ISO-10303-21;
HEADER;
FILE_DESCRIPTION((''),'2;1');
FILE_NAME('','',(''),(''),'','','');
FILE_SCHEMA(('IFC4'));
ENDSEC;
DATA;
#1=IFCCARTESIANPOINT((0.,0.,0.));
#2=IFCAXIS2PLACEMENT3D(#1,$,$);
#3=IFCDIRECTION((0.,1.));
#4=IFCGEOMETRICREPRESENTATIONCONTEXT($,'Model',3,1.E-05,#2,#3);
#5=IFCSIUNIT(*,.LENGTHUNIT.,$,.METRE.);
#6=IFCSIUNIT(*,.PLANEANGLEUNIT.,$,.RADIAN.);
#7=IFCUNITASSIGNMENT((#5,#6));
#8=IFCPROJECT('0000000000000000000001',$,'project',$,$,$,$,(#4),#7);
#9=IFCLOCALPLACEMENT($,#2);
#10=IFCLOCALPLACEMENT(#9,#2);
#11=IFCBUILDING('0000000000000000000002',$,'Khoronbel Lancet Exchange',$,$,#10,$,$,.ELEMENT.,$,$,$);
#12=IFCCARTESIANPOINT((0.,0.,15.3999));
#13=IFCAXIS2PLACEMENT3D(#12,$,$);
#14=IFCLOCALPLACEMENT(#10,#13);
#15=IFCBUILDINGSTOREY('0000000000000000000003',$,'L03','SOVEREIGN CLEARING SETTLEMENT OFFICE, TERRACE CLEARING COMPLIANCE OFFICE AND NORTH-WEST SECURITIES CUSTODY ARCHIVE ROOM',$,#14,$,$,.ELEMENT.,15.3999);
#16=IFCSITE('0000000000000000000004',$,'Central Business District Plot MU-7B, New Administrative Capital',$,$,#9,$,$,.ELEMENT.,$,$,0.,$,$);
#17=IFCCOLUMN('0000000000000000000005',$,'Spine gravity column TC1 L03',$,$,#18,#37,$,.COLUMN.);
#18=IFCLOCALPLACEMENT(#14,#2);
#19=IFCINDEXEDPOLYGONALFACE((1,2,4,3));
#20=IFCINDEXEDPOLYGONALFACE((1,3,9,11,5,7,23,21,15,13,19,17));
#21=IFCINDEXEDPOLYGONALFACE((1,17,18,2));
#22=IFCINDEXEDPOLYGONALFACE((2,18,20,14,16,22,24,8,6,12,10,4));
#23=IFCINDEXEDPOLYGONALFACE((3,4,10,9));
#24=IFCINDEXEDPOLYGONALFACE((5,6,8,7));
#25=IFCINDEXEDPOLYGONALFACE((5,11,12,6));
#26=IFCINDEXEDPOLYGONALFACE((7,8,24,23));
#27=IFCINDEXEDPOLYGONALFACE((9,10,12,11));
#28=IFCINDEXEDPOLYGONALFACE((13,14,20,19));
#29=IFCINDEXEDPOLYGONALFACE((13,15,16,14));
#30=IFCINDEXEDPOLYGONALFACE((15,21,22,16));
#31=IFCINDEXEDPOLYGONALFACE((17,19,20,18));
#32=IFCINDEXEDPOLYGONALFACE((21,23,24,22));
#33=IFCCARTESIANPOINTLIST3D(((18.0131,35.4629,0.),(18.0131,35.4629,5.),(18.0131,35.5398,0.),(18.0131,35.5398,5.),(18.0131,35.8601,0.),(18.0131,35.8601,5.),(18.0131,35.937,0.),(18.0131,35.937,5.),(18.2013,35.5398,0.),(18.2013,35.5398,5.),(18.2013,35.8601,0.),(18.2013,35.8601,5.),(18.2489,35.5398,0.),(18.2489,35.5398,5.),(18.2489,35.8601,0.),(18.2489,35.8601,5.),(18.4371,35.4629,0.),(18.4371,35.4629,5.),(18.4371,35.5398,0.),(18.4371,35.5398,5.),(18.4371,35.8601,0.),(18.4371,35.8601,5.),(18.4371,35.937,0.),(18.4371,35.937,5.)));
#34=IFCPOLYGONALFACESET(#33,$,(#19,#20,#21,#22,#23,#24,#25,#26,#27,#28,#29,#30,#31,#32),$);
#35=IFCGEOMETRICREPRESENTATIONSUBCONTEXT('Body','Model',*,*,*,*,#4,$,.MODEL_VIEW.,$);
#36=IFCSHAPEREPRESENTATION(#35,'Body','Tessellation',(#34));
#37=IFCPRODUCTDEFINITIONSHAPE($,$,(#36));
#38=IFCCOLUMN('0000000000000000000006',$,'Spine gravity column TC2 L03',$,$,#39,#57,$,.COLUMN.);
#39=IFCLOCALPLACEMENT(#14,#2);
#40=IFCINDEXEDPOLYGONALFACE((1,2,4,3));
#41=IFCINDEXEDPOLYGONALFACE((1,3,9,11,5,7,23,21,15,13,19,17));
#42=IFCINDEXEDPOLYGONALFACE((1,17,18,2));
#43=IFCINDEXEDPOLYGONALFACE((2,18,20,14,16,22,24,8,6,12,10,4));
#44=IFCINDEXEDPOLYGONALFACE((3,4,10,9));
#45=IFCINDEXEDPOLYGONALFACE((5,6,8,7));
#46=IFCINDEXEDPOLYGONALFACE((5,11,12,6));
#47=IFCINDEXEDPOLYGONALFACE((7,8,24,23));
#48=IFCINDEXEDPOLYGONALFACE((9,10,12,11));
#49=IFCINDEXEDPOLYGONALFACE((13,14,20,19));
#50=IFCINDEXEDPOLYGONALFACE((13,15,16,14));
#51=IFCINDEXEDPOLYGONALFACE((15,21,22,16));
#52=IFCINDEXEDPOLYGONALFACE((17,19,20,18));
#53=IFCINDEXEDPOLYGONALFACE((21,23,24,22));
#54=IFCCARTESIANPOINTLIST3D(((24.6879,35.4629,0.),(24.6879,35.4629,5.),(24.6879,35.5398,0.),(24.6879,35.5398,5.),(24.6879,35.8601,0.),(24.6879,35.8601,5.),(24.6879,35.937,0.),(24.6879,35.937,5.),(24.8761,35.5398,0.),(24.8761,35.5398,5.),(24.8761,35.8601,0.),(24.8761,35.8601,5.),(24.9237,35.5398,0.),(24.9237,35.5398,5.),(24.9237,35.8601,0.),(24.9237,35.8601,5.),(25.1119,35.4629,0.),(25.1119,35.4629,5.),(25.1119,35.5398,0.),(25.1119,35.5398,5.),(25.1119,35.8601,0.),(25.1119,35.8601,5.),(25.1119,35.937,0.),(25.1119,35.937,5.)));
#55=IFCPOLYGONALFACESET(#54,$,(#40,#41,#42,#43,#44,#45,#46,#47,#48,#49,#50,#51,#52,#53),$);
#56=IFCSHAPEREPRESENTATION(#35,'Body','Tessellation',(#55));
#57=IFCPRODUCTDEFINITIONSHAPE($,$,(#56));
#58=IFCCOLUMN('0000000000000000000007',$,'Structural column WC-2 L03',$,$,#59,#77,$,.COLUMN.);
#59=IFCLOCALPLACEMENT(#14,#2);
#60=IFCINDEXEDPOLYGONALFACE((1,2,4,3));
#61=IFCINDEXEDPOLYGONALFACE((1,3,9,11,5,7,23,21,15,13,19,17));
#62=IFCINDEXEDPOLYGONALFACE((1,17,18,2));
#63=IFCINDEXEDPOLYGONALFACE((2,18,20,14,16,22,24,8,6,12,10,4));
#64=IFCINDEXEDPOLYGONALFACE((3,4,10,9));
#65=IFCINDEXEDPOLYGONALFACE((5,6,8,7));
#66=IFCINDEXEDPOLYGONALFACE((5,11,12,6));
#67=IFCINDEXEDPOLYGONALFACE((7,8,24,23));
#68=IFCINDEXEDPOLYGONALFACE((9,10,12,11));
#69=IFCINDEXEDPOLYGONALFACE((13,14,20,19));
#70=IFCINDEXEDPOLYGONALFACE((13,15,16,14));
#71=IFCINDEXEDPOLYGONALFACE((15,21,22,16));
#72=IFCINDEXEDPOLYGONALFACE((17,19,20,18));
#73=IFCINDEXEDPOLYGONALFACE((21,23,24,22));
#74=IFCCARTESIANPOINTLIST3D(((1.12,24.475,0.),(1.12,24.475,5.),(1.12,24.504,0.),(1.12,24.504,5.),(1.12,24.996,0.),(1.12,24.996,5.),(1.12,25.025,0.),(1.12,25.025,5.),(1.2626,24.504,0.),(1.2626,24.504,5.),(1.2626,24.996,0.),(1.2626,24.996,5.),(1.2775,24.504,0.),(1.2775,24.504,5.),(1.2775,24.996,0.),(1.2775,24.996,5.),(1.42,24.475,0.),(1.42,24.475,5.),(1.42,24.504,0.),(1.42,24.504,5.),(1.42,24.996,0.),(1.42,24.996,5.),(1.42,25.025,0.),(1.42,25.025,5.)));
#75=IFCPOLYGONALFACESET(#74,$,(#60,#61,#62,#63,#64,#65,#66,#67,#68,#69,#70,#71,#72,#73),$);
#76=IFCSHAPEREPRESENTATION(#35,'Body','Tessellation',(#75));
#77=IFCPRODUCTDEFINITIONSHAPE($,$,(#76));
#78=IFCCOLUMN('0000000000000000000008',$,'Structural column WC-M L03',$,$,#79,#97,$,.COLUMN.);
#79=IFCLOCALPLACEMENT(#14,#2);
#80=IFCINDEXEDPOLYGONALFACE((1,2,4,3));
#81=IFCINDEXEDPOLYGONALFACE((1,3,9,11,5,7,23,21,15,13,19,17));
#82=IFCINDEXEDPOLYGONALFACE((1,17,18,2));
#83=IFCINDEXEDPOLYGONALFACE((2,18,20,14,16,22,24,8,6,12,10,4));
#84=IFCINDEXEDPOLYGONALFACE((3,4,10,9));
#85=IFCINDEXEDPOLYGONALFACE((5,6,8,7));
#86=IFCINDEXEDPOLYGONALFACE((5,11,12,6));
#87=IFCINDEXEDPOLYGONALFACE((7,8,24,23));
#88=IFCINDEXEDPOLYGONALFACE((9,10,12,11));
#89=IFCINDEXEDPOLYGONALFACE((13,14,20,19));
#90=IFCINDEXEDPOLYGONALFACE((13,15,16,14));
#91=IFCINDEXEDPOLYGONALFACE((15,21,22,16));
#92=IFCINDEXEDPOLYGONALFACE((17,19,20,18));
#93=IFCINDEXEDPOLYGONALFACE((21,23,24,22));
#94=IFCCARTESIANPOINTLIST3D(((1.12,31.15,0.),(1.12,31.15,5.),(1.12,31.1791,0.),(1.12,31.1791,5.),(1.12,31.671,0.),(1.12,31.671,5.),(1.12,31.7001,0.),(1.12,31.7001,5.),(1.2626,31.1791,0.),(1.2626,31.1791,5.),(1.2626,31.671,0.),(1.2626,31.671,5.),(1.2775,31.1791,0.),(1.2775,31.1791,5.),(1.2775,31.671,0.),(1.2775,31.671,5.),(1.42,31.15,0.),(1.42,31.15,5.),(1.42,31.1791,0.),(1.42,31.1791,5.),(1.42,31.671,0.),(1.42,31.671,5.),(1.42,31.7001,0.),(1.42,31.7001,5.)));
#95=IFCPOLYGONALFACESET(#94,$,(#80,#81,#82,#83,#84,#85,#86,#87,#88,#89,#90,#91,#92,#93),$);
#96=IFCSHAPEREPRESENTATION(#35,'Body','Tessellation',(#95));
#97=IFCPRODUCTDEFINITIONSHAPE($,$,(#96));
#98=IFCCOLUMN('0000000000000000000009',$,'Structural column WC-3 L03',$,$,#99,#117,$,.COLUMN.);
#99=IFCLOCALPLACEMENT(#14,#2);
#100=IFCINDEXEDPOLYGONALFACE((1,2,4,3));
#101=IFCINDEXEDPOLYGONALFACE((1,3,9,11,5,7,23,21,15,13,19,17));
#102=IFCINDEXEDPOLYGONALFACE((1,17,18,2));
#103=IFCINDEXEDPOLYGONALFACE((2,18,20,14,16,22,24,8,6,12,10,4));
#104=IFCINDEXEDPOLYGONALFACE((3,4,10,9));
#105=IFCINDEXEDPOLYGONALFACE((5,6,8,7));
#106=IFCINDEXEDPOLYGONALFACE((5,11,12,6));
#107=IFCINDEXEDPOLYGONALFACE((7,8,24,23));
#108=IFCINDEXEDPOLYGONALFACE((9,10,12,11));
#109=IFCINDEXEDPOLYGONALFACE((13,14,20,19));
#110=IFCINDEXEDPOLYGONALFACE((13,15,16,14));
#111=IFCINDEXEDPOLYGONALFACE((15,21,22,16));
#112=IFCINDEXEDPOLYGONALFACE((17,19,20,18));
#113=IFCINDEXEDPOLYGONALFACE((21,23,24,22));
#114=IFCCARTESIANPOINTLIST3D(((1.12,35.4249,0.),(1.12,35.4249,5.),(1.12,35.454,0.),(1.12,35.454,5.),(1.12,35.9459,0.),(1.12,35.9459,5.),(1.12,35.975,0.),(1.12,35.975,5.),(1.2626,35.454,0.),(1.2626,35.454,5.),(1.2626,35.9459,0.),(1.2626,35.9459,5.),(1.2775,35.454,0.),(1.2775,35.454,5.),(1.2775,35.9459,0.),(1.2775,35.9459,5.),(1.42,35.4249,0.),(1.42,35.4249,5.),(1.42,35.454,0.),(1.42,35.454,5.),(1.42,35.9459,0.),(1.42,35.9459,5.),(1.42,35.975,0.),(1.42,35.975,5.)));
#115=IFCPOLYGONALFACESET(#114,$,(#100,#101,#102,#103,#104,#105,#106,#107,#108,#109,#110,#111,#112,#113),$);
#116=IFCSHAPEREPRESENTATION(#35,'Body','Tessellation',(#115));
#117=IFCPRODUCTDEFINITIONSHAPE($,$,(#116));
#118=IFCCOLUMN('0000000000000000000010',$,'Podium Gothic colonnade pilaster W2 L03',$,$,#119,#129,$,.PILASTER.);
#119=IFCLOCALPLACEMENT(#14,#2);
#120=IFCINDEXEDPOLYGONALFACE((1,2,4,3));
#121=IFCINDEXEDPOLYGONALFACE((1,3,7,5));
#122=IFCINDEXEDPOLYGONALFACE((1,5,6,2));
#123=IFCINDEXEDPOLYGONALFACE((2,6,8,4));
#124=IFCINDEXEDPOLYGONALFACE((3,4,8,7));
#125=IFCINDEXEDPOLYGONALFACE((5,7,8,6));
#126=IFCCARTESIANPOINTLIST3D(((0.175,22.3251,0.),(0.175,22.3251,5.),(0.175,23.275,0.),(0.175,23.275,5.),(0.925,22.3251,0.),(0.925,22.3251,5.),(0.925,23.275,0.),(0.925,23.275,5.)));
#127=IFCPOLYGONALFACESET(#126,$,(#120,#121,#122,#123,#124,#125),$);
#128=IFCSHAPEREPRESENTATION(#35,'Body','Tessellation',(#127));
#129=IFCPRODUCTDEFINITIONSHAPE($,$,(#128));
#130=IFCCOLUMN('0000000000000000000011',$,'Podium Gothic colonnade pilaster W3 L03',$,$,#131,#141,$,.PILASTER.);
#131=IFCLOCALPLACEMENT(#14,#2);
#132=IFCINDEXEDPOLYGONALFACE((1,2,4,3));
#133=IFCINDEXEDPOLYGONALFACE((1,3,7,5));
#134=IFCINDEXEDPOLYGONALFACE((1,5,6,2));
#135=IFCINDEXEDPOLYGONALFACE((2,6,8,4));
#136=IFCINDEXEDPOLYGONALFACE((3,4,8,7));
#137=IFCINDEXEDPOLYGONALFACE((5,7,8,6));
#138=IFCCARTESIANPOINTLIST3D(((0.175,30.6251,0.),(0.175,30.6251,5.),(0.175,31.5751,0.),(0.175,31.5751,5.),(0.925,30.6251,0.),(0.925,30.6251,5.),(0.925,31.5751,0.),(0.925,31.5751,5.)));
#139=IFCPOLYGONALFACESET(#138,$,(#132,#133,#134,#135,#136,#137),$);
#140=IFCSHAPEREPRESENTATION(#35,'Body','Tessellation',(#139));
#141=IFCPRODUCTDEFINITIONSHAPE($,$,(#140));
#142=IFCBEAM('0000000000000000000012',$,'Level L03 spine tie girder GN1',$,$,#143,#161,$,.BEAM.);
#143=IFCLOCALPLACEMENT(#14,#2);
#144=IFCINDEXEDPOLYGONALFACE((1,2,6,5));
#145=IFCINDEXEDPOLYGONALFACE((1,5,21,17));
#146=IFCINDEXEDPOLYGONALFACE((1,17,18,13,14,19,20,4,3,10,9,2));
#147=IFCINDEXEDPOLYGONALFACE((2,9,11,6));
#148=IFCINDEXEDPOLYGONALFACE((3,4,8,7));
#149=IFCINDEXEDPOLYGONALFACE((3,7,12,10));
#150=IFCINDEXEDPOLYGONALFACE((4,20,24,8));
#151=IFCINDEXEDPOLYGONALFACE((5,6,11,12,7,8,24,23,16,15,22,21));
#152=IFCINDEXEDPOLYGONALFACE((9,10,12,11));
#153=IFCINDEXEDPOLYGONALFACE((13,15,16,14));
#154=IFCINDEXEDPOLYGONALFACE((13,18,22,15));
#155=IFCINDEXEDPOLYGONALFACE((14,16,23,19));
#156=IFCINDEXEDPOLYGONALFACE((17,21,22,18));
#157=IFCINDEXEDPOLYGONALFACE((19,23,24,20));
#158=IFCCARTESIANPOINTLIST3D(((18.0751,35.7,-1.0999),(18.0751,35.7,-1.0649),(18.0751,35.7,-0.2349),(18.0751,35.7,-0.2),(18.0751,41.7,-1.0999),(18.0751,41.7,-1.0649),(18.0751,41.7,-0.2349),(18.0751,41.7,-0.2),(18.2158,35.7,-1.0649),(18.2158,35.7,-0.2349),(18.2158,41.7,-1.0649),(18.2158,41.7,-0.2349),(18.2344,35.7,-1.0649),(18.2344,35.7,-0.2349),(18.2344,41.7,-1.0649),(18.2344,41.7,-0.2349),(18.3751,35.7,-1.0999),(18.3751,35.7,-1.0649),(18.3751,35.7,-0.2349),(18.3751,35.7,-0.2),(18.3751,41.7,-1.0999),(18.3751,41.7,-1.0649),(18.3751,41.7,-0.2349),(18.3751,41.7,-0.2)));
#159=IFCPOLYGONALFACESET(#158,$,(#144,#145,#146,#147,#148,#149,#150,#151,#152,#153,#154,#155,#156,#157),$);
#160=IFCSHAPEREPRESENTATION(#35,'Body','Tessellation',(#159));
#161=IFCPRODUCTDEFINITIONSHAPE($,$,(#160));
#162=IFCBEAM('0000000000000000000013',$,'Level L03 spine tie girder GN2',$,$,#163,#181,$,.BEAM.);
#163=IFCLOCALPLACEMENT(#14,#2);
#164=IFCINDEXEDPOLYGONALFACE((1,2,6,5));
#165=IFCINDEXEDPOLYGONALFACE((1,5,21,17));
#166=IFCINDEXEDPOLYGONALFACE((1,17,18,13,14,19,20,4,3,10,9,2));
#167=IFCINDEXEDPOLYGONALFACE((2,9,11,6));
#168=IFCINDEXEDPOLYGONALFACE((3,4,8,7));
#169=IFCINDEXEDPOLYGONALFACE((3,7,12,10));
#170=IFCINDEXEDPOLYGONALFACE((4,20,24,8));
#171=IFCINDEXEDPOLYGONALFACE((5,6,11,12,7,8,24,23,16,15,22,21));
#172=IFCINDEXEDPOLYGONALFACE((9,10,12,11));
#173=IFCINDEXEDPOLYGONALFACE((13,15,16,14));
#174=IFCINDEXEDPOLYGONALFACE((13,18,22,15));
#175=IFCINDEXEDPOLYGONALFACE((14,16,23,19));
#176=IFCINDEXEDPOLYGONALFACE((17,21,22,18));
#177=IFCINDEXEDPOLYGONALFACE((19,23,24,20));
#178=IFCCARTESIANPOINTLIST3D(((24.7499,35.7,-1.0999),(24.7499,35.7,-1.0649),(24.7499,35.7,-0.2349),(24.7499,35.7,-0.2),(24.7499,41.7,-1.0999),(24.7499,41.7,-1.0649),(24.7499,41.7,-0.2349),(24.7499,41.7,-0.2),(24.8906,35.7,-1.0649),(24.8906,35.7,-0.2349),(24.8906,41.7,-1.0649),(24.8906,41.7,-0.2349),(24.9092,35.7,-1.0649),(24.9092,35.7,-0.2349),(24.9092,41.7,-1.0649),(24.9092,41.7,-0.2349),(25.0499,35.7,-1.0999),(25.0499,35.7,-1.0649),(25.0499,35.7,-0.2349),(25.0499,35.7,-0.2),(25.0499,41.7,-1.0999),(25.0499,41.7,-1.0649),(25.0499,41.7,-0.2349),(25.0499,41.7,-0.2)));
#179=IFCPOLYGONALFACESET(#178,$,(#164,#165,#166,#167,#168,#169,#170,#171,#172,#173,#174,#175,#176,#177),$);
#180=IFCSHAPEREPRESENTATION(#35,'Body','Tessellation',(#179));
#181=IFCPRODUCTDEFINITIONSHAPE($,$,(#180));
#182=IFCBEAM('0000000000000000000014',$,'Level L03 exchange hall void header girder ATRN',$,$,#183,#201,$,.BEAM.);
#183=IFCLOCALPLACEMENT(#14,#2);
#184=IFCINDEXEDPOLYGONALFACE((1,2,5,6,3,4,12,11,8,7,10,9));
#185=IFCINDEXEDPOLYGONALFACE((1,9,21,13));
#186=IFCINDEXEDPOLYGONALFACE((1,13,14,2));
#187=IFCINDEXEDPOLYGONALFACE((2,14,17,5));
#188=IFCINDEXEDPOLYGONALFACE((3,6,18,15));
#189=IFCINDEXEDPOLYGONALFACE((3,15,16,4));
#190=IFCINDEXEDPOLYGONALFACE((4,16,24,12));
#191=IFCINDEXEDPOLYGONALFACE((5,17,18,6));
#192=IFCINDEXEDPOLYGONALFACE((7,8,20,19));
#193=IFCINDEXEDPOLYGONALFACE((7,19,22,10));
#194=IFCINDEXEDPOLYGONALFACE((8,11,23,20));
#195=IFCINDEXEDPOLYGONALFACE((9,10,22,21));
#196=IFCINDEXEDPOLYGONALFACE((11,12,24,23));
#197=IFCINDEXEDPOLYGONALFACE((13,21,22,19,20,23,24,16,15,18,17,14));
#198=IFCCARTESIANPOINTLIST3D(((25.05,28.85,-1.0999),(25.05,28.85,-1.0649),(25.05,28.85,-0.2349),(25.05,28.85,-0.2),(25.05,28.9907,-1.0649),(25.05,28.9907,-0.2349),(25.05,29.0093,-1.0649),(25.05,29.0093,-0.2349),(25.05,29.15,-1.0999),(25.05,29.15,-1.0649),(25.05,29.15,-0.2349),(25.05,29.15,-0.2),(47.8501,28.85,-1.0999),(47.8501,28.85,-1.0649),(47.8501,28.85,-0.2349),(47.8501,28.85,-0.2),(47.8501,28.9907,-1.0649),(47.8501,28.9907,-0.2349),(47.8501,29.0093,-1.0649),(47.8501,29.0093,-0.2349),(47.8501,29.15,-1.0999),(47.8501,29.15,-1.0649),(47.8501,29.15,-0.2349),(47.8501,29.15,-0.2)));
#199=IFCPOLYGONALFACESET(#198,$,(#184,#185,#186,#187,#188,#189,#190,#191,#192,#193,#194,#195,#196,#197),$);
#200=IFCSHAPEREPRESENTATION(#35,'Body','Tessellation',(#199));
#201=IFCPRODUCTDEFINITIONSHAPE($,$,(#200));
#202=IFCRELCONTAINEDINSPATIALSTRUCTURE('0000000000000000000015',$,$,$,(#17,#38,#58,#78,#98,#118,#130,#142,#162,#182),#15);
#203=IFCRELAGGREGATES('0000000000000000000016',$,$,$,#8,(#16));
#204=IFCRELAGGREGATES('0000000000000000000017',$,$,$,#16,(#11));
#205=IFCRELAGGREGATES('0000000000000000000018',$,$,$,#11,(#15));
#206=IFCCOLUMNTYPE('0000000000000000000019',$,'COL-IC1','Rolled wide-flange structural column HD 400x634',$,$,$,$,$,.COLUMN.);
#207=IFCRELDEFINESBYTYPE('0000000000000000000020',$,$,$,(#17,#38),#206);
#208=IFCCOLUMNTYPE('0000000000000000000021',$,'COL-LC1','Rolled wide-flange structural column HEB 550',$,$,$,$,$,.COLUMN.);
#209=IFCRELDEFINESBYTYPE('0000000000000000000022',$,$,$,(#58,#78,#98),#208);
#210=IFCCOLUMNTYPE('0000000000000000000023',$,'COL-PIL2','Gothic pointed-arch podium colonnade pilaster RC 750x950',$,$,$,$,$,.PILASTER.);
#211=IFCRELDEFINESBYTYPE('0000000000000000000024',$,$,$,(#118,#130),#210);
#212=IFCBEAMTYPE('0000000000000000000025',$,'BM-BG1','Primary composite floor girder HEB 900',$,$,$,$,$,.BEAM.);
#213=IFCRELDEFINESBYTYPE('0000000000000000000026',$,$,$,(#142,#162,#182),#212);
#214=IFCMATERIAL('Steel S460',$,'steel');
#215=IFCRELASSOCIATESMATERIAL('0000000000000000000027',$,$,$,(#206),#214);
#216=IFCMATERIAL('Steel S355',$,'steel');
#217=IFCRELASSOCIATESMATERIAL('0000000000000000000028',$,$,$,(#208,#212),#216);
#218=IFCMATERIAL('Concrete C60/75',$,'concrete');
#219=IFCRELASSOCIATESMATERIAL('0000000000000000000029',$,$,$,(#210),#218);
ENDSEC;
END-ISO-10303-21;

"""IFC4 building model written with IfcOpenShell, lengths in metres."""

from ifc_helpers import new_model, si_unit, direction, frame, origin, origin_2d, place, context, subcontext, project, spatial, rectangle, i_section, extrude, material, material_profile, profile_set, type_object, element, save


model = new_model("IFC4")

# Units and contexts
model_context = context("Model", 3, precision=1e-05, world=origin(), true_north=direction((0.0, 1.0)))
body_context = subcontext(model_context, "Body", "Model", "MODEL_VIEW")
ifc_project = project(units=[si_unit("LENGTHUNIT", "METRE"), si_unit("PLANEANGLEUNIT", "RADIAN")], contexts=[model_context])

# Site, building, storey
site_placement = place(None, origin())
site = spatial("IfcSite", under=ifc_project, at=site_placement, Name="Central Business District Plot MU-7B, New Administrative Capital", CompositionType="ELEMENT", RefElevation=0.0)
building_placement = place(site_placement, origin())
building = spatial("IfcBuilding", under=site, at=building_placement, Name="Khoronbel Lancet Exchange", CompositionType="ELEMENT")
storey_placement = place(building_placement, frame((0.0, 0.0, 15.3999)))
storey = spatial("IfcBuildingStorey", under=building, at=storey_placement, Name="L03", Description="SOVEREIGN CLEARING SETTLEMENT OFFICE, TERRACE CLEARING COMPLIANCE OFFICE AND NORTH-WEST SECURITIES CUSTODY ARCHIVE ROOM", CompositionType="ELEMENT", Elevation=15.3999)

# Columns
ifc_material_1 = material(Name="Steel S460", Category="steel")
ifc_material_profile_1 = material_profile(ifc_material_1, i_section(OverallWidth=0.4241, OverallDepth=0.4741, WebThickness=0.0476, FlangeThickness=0.0769, at=origin_2d()), Name="HD 400x634")
ifc_profile_set_1 = profile_set([ifc_material_profile_1], Name="Steel S460")
column_type_1 = type_object("IfcColumnType", Name="COL-IC1", Description="Rolled wide-flange structural column HD 400x634", PredefinedType="COLUMN", material=ifc_profile_set_1)
for number, where, z_axis, x_axis, name in (
    (1, (18.2251, 35.7, 0.0), (0.0, 0.0, 1.0), (1.0, 0.0, 0.0), "Spine gravity column TC1 L03"),
    (2, (24.8999, 35.7, 0.0), (0.0, 0.0, 1.0), (1.0, 0.0, 0.0), "Spine gravity column TC2 L03"),
):
    element("IfcColumn", number, at=place(storey_placement, frame(where, z_axis=z_axis, x_axis=x_axis)), inside=storey, type_object=column_type_1, Name=name, PredefinedType="COLUMN", context=body_context, shape_type="SweptSolid", body=[
        extrude(i_section(OverallWidth=0.4241, OverallDepth=0.4741, WebThickness=0.0476, FlangeThickness=0.0769, at=origin_2d()), origin(), (0.0, 0.0, 1.0), 5.0),
    ])
ifc_material_2 = material(Name="Steel S355", Category="steel")
ifc_material_profile_2 = material_profile(ifc_material_2, i_section(OverallWidth=0.3, OverallDepth=0.55, WebThickness=0.0149, FlangeThickness=0.0291, at=origin_2d()), Name="HEB 550")
ifc_profile_set_2 = profile_set([ifc_material_profile_2], Name="Steel S355")
column_type_2 = type_object("IfcColumnType", Name="COL-LC1", Description="Rolled wide-flange structural column HEB 550", PredefinedType="COLUMN", material=ifc_profile_set_2)
for number, where, z_axis, x_axis, name in (
    (3, (1.27, 24.75, 0.0), (0.0, 0.0, 1.0), (1.0, 0.0, 0.0), "Structural column WC-2 L03"),
    (4, (1.27, 31.425, 0.0), (0.0, 0.0, 1.0), (1.0, 0.0, 0.0), "Structural column WC-M L03"),
    (5, (1.27, 35.7, 0.0), (0.0, 0.0, 1.0), (1.0, 0.0, 0.0), "Structural column WC-3 L03"),
):
    element("IfcColumn", number, at=place(storey_placement, frame(where, z_axis=z_axis, x_axis=x_axis)), inside=storey, type_object=column_type_2, Name=name, PredefinedType="COLUMN", context=body_context, shape_type="SweptSolid", body=[
        extrude(i_section(OverallWidth=0.3, OverallDepth=0.55, WebThickness=0.0149, FlangeThickness=0.0291, at=origin_2d()), origin(), (0.0, 0.0, 1.0), 5.0),
    ])
ifc_material_3 = material(Name="Concrete C60/75", Category="concrete")
ifc_material_profile_3 = material_profile(ifc_material_3, rectangle(XDim=0.75, YDim=0.95, at=origin_2d()), Name="RC 750x950")
ifc_profile_set_3 = profile_set([ifc_material_profile_3], Name="Concrete C60/75")
column_type_3 = type_object("IfcColumnType", Name="COL-PIL2", Description="Gothic pointed-arch podium colonnade pilaster RC 750x950", PredefinedType="PILASTER", material=ifc_profile_set_3)
for number, where, z_axis, x_axis, name in (
    (6, (0.55, 22.8, 0.0), (0.0, 0.0, 1.0), (1.0, 0.0, 0.0), "Podium Gothic colonnade pilaster W2 L03"),
    (7, (0.55, 31.1001, 0.0), (0.0, 0.0, 1.0), (1.0, 0.0, 0.0), "Podium Gothic colonnade pilaster W3 L03"),
):
    element("IfcColumn", number, at=place(storey_placement, frame(where, z_axis=z_axis, x_axis=x_axis)), inside=storey, type_object=column_type_3, Name=name, PredefinedType="PILASTER", context=body_context, shape_type="SweptSolid", body=[
        extrude(rectangle(XDim=0.75, YDim=0.95, at=origin_2d()), origin(), (0.0, 0.0, 1.0), 5.0),
    ])

# Beams
ifc_material_profile_4 = material_profile(ifc_material_2, i_section(OverallWidth=0.3, OverallDepth=0.8999, WebThickness=0.0186, FlangeThickness=0.0349, at=origin_2d()), Name="HEB 900")
ifc_profile_set_4 = profile_set([ifc_material_profile_4], Name="Steel S355")
beam_type_1 = type_object("IfcBeamType", Name="BM-BG1", Description="Primary composite floor girder HEB 900", PredefinedType="BEAM", material=ifc_profile_set_4)
for number, where, z_axis, x_axis, name in (
    (8, (18.2251, 35.7, -0.6499), (0.0, 1.0, 0.0), (-1.0, 0.0, 0.0), "Level L03 spine tie girder GN1"),
    (9, (24.8999, 35.7, -0.6499), (0.0, 1.0, 0.0), (-1.0, 0.0, 0.0), "Level L03 spine tie girder GN2"),
):
    element("IfcBeam", number, at=place(storey_placement, frame(where, z_axis=z_axis, x_axis=x_axis)), inside=storey, type_object=beam_type_1, Name=name, PredefinedType="BEAM", context=body_context, shape_type="SweptSolid", body=[
        extrude(i_section(OverallWidth=0.3, OverallDepth=0.8999, WebThickness=0.0186, FlangeThickness=0.0349, at=origin_2d()), origin(), (0.0, 0.0, 1.0), 6.0),
    ])
beam_1_placement = place(storey_placement, frame((25.05, 29.0, -0.6499), z_axis=(1.0, 0.0, 0.0), x_axis=(0.0, 1.0, 0.0)))
element("IfcBeam", 10, at=beam_1_placement, inside=storey, type_object=beam_type_1, Name="Level L03 exchange hall void header girder ATRN", PredefinedType="BEAM", context=body_context, shape_type="SweptSolid", body=[
    extrude(i_section(OverallWidth=0.3, OverallDepth=0.8999, WebThickness=0.0186, FlangeThickness=0.0349, at=origin_2d()), origin(), (0.0, 0.0, 1.0), 22.8),
])

save(model, "model.ifc")
